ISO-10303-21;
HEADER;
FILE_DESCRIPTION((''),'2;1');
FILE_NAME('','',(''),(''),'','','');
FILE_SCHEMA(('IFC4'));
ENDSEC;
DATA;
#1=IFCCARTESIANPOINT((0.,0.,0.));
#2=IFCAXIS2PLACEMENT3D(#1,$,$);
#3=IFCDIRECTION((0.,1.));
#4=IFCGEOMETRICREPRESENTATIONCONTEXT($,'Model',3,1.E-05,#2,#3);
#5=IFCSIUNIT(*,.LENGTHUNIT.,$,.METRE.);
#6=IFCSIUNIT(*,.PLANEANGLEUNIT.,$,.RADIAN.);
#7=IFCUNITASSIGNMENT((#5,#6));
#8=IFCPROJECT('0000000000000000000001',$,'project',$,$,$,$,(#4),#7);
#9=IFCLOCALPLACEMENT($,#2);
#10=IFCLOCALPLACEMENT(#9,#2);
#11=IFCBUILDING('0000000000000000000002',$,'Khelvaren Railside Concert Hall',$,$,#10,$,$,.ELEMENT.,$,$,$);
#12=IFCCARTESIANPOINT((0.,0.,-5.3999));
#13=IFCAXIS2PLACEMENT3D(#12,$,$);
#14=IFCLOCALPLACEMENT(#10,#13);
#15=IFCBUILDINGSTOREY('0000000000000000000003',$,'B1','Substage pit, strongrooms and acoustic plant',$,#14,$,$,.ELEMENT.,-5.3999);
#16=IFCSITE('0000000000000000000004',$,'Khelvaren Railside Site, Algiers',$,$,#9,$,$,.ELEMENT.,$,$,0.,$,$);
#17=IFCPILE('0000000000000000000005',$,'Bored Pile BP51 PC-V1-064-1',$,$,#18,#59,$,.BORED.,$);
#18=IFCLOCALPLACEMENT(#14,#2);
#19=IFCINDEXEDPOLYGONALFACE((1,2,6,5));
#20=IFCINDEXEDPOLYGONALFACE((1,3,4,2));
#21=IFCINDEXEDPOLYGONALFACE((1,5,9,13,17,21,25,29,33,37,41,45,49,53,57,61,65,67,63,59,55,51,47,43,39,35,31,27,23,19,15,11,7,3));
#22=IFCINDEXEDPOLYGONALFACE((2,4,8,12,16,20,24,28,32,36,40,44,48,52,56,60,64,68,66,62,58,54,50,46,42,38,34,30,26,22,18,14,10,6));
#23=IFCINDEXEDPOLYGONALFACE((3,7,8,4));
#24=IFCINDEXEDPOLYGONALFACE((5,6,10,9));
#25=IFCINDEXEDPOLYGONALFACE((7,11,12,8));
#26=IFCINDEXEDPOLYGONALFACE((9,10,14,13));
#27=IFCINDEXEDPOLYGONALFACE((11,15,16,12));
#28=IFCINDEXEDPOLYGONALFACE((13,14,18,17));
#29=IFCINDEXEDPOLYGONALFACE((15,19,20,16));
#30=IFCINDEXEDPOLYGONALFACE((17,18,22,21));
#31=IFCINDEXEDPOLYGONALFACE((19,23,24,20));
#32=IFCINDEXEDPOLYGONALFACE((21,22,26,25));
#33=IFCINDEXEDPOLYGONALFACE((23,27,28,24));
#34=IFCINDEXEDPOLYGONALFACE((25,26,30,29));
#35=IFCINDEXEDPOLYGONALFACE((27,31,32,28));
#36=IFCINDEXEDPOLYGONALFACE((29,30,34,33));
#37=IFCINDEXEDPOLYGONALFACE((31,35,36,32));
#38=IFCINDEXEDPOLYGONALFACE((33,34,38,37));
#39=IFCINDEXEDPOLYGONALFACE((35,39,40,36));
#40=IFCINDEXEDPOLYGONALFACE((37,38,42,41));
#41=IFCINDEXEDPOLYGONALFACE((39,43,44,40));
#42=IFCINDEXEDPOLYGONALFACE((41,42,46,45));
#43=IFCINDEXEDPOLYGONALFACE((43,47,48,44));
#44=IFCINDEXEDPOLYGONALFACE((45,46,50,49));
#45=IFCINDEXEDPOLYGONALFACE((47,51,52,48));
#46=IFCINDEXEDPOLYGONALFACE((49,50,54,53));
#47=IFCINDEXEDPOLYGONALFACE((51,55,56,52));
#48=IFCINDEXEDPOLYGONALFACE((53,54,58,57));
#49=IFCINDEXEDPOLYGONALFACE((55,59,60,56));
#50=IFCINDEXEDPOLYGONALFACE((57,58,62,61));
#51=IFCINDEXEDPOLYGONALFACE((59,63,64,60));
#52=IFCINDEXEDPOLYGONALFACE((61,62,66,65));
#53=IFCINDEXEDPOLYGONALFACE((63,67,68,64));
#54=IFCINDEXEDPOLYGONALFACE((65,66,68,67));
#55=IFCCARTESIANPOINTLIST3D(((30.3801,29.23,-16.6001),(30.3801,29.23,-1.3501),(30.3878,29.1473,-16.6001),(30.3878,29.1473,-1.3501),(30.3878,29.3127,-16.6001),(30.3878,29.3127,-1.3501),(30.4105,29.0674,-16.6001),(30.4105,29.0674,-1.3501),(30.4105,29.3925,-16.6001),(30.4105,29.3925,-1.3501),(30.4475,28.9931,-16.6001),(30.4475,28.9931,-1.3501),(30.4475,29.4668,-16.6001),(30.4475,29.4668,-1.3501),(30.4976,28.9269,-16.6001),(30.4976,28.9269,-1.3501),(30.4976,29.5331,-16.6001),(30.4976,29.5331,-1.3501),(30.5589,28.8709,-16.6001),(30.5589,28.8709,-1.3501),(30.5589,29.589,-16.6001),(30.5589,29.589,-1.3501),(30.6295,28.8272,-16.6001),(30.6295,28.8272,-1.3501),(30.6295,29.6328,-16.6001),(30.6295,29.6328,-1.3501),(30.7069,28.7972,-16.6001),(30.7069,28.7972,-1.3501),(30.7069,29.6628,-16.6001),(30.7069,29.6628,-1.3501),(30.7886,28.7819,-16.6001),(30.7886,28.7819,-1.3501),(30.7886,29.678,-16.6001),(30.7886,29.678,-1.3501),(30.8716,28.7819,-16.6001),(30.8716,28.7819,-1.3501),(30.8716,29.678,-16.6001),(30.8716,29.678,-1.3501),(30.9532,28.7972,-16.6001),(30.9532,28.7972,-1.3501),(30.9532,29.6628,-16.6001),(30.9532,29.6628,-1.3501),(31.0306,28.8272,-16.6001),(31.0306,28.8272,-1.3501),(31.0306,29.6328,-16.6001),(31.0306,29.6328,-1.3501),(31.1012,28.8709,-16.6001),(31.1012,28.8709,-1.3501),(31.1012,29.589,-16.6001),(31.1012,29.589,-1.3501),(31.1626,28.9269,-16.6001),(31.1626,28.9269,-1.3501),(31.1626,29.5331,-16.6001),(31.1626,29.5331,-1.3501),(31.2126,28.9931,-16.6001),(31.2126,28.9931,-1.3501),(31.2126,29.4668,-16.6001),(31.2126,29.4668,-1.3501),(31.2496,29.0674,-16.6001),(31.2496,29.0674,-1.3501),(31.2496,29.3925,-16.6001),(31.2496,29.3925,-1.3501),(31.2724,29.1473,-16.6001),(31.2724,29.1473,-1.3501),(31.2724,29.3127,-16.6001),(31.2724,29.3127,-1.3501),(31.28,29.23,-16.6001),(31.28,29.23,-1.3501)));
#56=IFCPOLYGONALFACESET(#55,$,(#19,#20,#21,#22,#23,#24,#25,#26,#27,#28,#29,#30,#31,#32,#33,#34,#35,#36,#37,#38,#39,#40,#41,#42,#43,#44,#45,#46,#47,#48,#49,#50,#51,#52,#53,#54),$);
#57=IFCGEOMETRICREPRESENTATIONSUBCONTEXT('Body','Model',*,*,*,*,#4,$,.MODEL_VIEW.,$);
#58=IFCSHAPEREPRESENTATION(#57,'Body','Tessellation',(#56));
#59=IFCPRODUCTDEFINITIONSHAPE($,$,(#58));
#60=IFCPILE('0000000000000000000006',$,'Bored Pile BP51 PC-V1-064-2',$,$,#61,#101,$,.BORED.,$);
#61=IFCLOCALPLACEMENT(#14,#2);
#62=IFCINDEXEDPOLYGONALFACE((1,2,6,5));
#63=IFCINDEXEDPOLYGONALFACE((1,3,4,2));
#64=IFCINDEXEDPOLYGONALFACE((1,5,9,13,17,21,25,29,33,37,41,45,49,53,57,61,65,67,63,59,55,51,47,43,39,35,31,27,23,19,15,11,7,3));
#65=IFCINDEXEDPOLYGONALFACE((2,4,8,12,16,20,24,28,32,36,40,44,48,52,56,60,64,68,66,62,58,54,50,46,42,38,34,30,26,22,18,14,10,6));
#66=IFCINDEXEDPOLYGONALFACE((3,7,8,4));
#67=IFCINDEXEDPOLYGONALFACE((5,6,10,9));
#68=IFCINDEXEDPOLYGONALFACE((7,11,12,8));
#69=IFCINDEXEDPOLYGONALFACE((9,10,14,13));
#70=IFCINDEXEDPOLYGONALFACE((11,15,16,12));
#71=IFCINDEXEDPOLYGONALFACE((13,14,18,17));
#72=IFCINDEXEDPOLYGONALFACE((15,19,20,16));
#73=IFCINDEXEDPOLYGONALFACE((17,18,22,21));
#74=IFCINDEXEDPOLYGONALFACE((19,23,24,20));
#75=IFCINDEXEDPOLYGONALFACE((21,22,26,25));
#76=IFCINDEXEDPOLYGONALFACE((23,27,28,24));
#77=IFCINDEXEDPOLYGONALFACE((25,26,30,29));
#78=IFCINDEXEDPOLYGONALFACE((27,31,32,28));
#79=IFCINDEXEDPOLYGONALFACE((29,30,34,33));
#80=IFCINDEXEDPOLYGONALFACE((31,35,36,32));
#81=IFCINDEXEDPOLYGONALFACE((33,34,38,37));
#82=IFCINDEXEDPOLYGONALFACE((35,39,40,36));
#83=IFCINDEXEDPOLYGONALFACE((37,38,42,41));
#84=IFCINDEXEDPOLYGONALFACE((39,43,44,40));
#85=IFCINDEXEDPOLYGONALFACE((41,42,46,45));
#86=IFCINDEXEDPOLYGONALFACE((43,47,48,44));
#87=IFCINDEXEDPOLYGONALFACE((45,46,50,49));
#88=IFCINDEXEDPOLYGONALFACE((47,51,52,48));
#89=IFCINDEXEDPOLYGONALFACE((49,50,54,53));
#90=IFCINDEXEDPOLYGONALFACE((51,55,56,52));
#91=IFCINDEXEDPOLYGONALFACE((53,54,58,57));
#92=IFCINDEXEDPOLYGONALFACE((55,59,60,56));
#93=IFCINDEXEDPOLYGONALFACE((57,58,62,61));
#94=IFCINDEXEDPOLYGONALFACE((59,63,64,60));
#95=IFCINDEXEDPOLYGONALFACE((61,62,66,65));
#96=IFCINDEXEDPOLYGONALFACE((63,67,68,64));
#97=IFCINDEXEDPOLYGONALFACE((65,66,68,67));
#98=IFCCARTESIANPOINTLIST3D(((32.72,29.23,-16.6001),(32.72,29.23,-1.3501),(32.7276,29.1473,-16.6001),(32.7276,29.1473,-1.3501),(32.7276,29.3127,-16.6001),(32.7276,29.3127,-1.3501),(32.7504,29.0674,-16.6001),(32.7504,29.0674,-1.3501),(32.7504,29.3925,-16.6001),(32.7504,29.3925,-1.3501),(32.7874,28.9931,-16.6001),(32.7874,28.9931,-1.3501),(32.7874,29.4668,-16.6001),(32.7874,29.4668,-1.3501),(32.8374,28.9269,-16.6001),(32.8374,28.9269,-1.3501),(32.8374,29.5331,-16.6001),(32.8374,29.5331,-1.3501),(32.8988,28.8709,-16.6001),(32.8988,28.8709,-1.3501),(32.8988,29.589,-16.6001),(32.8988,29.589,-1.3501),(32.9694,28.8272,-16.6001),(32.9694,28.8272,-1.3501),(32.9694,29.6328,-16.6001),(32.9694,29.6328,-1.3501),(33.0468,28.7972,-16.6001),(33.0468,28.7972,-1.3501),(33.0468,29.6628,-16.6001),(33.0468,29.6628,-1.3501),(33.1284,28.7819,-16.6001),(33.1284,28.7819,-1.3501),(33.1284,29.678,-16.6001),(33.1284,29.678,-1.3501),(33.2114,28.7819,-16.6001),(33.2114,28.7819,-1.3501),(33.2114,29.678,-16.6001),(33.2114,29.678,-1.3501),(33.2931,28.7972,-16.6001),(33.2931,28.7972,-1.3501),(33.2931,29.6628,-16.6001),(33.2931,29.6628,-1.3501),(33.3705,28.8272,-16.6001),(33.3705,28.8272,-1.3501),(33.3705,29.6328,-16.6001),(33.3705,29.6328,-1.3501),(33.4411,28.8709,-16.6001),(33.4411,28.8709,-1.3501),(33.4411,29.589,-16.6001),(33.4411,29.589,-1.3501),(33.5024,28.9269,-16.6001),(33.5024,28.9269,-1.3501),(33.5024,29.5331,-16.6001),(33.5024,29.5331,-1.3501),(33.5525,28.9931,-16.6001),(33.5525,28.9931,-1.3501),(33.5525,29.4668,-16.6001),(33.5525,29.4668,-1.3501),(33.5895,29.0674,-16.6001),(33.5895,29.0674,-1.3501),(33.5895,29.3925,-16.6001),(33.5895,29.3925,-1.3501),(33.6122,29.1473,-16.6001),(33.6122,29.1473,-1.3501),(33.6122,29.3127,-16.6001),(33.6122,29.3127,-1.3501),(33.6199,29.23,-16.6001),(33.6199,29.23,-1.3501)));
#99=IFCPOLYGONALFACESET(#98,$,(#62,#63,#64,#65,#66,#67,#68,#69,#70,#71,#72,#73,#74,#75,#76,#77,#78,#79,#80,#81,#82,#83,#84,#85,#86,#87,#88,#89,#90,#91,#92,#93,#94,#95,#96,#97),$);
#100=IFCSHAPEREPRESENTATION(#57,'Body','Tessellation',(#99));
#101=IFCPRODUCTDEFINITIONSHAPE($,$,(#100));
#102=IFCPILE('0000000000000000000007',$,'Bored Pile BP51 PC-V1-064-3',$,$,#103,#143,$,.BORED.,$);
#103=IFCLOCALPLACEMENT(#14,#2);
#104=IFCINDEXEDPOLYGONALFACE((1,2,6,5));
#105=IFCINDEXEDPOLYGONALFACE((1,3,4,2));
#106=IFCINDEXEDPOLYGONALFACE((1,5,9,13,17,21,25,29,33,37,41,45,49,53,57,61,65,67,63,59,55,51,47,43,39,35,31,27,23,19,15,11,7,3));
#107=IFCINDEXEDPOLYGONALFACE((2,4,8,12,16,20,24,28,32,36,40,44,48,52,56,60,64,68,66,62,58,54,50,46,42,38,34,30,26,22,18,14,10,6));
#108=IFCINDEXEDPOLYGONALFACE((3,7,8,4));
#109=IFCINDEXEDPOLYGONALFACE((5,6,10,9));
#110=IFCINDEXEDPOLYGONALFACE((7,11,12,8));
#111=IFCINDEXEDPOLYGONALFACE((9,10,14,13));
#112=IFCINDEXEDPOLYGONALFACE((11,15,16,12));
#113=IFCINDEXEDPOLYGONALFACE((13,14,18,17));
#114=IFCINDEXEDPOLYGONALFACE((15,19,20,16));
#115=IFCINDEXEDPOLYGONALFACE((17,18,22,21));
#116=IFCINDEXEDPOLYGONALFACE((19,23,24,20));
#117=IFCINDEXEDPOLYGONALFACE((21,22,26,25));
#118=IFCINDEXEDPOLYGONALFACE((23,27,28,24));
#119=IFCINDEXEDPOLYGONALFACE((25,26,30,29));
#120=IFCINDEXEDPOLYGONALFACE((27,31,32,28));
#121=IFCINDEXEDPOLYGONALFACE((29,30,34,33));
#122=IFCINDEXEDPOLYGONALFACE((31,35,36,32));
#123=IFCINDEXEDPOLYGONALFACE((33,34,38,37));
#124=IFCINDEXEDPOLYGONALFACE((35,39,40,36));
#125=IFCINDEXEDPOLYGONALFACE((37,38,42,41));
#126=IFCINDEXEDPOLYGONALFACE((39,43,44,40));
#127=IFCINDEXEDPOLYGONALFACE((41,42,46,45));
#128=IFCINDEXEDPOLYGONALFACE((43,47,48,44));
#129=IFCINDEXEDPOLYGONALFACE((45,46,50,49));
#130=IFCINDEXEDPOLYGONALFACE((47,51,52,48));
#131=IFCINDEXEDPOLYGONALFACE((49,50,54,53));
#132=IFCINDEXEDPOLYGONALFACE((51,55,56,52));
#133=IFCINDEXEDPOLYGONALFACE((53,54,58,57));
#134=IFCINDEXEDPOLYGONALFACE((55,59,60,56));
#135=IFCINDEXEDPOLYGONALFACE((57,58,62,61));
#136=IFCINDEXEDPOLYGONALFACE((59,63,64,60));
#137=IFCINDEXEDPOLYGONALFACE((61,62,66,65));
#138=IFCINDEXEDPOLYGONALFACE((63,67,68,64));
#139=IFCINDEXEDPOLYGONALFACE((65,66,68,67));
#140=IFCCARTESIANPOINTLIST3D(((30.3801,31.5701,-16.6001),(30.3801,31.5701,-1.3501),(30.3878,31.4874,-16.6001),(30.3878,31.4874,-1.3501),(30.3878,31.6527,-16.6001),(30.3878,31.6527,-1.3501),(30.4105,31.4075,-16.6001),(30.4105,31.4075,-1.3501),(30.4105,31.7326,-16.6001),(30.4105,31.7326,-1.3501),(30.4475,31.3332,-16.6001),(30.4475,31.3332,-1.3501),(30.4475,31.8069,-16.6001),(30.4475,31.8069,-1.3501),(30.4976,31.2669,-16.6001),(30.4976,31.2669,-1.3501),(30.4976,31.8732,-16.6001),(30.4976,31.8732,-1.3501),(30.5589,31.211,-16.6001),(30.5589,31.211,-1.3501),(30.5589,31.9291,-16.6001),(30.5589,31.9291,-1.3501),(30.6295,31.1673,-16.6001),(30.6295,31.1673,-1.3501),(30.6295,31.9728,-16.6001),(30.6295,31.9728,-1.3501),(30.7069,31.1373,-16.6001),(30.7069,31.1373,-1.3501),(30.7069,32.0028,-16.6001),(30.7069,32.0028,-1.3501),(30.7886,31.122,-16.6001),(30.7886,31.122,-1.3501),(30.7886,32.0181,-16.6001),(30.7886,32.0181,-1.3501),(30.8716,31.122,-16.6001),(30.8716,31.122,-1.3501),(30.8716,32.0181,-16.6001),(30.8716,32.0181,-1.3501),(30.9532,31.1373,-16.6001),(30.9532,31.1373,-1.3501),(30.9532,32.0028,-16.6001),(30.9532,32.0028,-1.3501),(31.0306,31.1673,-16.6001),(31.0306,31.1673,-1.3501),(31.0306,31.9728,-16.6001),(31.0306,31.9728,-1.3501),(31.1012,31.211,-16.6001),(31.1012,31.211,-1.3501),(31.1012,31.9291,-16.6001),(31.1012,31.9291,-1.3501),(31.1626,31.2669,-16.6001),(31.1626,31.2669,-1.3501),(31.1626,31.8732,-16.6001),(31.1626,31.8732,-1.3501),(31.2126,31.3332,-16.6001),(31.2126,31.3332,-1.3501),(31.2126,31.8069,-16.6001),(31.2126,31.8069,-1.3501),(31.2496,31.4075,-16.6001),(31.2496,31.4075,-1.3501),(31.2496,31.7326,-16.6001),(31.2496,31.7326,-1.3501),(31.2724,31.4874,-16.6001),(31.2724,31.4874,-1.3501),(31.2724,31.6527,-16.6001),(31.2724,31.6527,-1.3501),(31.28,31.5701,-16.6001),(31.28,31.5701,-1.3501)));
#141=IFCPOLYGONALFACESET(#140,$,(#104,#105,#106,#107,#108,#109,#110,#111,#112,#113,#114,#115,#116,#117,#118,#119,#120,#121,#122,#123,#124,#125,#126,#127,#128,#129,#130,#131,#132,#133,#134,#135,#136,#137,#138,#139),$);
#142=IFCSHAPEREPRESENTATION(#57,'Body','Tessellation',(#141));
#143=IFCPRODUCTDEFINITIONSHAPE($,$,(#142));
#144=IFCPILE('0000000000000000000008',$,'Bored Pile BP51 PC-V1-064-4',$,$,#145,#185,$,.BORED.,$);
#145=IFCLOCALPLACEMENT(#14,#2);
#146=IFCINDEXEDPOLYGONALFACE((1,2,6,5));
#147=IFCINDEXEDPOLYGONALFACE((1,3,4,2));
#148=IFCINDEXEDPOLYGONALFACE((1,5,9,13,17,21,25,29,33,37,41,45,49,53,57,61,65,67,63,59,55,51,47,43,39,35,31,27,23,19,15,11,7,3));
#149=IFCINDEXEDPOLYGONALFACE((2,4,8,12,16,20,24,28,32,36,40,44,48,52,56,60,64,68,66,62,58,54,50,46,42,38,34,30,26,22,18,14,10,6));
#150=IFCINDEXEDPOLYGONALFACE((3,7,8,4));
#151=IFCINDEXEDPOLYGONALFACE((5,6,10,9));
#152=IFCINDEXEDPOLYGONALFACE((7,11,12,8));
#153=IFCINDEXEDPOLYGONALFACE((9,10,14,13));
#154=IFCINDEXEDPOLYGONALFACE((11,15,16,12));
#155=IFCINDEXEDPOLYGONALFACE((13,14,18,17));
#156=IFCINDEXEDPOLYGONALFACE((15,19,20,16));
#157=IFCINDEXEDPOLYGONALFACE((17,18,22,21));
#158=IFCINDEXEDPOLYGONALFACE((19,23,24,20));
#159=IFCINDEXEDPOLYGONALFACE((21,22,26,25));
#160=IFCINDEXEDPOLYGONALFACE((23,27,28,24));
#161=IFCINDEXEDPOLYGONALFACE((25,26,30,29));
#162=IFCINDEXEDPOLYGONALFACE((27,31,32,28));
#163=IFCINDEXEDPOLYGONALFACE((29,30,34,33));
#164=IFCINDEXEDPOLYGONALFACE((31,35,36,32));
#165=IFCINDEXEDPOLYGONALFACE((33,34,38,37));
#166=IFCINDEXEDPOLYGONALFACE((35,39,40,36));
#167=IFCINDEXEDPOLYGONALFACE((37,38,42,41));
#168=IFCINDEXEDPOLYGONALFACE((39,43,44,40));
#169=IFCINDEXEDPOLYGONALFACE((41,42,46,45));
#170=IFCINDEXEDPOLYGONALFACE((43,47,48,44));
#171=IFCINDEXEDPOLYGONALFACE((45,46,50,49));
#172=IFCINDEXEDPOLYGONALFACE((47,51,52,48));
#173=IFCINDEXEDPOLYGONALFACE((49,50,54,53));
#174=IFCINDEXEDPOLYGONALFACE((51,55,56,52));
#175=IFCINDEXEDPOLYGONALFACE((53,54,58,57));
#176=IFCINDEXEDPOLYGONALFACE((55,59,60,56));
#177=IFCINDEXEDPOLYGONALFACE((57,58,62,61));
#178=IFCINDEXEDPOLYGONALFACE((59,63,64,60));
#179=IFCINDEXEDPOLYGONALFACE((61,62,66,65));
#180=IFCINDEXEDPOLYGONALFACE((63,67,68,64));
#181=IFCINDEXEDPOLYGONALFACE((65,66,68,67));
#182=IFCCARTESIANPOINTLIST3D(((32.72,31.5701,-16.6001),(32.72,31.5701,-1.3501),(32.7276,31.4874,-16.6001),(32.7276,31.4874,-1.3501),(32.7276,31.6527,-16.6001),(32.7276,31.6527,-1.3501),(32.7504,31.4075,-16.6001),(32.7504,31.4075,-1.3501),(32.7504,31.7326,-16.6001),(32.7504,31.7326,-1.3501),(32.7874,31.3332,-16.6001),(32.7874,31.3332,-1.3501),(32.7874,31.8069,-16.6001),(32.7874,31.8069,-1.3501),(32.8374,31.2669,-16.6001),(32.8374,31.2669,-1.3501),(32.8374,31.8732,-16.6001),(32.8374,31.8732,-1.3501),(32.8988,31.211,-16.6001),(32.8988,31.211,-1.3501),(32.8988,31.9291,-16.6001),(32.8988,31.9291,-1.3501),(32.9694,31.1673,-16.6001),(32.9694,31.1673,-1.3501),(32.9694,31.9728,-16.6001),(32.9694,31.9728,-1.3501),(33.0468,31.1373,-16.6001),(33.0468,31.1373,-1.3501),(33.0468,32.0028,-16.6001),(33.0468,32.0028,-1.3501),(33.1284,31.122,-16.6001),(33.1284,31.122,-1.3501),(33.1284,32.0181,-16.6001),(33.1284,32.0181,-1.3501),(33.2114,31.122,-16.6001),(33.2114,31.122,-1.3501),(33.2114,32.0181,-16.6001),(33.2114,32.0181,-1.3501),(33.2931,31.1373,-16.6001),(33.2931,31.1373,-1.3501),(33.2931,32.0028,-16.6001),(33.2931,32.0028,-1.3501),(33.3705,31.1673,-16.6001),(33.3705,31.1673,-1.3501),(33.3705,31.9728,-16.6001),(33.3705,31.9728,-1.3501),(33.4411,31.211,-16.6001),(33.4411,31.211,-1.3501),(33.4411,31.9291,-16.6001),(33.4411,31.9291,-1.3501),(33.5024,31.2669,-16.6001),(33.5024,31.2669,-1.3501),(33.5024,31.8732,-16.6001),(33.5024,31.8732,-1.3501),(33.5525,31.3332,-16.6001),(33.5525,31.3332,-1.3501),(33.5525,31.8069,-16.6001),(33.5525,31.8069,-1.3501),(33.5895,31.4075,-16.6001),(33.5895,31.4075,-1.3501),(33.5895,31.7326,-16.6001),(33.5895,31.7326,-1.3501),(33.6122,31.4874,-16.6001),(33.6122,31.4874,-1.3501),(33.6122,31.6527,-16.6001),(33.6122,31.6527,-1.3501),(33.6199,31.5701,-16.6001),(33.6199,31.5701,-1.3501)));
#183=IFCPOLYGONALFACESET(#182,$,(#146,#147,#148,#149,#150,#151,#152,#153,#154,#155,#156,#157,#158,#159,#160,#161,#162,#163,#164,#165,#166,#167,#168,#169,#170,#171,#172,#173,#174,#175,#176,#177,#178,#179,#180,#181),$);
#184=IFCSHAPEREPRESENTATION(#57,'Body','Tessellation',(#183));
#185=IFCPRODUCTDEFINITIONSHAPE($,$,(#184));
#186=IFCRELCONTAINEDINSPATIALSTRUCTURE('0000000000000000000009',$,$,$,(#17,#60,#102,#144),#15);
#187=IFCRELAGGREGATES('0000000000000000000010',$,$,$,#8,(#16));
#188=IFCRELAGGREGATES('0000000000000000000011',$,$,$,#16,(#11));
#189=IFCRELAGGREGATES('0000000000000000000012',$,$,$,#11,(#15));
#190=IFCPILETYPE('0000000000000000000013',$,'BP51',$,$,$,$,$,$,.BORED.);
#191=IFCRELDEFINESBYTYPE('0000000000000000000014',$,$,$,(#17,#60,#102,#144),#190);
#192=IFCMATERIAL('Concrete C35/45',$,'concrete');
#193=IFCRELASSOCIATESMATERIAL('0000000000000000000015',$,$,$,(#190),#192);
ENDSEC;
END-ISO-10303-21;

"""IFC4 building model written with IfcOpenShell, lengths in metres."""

from ifc_helpers import new_model, si_unit, direction, frame, origin, origin_2d, place, context, subcontext, project, spatial, circle, extrude, material, material_profile, profile_set, type_object, element, save


model = new_model("IFC4")

# Units and contexts
model_context = context("Model", 3, precision=1e-05, world=origin(), true_north=direction((0.0, 1.0)))
body_context = subcontext(model_context, "Body", "Model", "MODEL_VIEW")
ifc_project = project(units=[si_unit("LENGTHUNIT", "METRE"), si_unit("PLANEANGLEUNIT", "RADIAN")], contexts=[model_context])

# Site, building, storey
site_placement = place(None, origin())
site = spatial("IfcSite", under=ifc_project, at=site_placement, Name="Khelvaren Railside Site, Algiers", CompositionType="ELEMENT", RefElevation=0.0)
building_placement = place(site_placement, origin())
building = spatial("IfcBuilding", under=site, at=building_placement, Name="Khelvaren Railside Concert Hall", CompositionType="ELEMENT")
storey_placement = place(building_placement, frame((0.0, 0.0, -5.3999)))
storey = spatial("IfcBuildingStorey", under=building, at=storey_placement, Name="B1", Description="Substage pit, strongrooms and acoustic plant", CompositionType="ELEMENT", Elevation=-5.3999)

# Piles
ifc_material_1 = material(Name="Concrete C35/45", Category="concrete")
ifc_material_profile_1 = material_profile(ifc_material_1, circle(Radius=0.45, at=origin_2d()), Name="BP D900")
ifc_profile_set_1 = profile_set([ifc_material_profile_1], Name="Concrete C35/45")
pile_type_1 = type_object("IfcPileType", Name="BP51", PredefinedType="BORED", material=ifc_profile_set_1)
for number, where, z_axis, x_axis, name in (
    (1, (30.8301, 29.23, -1.3501), (0.0, 0.0, -1.0), (1.0, 0.0, 0.0), "Bored Pile BP51 PC-V1-064-1"),
    (2, (33.1699, 29.23, -1.3501), (0.0, 0.0, -1.0), (1.0, 0.0, 0.0), "Bored Pile BP51 PC-V1-064-2"),
    (3, (30.8301, 31.5701, -1.3501), (0.0, 0.0, -1.0), (1.0, 0.0, 0.0), "Bored Pile BP51 PC-V1-064-3"),
    (4, (33.1699, 31.5701, -1.3501), (0.0, 0.0, -1.0), (1.0, 0.0, 0.0), "Bored Pile BP51 PC-V1-064-4"),
):
    element("IfcPile", number, at=place(storey_placement, frame(where, z_axis=z_axis, x_axis=x_axis)), inside=storey, type_object=pile_type_1, Name=name, PredefinedType="BORED", context=body_context, shape_type="SweptSolid", body=[
        extrude(circle(Radius=0.45, at=origin_2d()), origin(), (0.0, 0.0, 1.0), 15.25),
    ])

save(model, "model.ifc")
